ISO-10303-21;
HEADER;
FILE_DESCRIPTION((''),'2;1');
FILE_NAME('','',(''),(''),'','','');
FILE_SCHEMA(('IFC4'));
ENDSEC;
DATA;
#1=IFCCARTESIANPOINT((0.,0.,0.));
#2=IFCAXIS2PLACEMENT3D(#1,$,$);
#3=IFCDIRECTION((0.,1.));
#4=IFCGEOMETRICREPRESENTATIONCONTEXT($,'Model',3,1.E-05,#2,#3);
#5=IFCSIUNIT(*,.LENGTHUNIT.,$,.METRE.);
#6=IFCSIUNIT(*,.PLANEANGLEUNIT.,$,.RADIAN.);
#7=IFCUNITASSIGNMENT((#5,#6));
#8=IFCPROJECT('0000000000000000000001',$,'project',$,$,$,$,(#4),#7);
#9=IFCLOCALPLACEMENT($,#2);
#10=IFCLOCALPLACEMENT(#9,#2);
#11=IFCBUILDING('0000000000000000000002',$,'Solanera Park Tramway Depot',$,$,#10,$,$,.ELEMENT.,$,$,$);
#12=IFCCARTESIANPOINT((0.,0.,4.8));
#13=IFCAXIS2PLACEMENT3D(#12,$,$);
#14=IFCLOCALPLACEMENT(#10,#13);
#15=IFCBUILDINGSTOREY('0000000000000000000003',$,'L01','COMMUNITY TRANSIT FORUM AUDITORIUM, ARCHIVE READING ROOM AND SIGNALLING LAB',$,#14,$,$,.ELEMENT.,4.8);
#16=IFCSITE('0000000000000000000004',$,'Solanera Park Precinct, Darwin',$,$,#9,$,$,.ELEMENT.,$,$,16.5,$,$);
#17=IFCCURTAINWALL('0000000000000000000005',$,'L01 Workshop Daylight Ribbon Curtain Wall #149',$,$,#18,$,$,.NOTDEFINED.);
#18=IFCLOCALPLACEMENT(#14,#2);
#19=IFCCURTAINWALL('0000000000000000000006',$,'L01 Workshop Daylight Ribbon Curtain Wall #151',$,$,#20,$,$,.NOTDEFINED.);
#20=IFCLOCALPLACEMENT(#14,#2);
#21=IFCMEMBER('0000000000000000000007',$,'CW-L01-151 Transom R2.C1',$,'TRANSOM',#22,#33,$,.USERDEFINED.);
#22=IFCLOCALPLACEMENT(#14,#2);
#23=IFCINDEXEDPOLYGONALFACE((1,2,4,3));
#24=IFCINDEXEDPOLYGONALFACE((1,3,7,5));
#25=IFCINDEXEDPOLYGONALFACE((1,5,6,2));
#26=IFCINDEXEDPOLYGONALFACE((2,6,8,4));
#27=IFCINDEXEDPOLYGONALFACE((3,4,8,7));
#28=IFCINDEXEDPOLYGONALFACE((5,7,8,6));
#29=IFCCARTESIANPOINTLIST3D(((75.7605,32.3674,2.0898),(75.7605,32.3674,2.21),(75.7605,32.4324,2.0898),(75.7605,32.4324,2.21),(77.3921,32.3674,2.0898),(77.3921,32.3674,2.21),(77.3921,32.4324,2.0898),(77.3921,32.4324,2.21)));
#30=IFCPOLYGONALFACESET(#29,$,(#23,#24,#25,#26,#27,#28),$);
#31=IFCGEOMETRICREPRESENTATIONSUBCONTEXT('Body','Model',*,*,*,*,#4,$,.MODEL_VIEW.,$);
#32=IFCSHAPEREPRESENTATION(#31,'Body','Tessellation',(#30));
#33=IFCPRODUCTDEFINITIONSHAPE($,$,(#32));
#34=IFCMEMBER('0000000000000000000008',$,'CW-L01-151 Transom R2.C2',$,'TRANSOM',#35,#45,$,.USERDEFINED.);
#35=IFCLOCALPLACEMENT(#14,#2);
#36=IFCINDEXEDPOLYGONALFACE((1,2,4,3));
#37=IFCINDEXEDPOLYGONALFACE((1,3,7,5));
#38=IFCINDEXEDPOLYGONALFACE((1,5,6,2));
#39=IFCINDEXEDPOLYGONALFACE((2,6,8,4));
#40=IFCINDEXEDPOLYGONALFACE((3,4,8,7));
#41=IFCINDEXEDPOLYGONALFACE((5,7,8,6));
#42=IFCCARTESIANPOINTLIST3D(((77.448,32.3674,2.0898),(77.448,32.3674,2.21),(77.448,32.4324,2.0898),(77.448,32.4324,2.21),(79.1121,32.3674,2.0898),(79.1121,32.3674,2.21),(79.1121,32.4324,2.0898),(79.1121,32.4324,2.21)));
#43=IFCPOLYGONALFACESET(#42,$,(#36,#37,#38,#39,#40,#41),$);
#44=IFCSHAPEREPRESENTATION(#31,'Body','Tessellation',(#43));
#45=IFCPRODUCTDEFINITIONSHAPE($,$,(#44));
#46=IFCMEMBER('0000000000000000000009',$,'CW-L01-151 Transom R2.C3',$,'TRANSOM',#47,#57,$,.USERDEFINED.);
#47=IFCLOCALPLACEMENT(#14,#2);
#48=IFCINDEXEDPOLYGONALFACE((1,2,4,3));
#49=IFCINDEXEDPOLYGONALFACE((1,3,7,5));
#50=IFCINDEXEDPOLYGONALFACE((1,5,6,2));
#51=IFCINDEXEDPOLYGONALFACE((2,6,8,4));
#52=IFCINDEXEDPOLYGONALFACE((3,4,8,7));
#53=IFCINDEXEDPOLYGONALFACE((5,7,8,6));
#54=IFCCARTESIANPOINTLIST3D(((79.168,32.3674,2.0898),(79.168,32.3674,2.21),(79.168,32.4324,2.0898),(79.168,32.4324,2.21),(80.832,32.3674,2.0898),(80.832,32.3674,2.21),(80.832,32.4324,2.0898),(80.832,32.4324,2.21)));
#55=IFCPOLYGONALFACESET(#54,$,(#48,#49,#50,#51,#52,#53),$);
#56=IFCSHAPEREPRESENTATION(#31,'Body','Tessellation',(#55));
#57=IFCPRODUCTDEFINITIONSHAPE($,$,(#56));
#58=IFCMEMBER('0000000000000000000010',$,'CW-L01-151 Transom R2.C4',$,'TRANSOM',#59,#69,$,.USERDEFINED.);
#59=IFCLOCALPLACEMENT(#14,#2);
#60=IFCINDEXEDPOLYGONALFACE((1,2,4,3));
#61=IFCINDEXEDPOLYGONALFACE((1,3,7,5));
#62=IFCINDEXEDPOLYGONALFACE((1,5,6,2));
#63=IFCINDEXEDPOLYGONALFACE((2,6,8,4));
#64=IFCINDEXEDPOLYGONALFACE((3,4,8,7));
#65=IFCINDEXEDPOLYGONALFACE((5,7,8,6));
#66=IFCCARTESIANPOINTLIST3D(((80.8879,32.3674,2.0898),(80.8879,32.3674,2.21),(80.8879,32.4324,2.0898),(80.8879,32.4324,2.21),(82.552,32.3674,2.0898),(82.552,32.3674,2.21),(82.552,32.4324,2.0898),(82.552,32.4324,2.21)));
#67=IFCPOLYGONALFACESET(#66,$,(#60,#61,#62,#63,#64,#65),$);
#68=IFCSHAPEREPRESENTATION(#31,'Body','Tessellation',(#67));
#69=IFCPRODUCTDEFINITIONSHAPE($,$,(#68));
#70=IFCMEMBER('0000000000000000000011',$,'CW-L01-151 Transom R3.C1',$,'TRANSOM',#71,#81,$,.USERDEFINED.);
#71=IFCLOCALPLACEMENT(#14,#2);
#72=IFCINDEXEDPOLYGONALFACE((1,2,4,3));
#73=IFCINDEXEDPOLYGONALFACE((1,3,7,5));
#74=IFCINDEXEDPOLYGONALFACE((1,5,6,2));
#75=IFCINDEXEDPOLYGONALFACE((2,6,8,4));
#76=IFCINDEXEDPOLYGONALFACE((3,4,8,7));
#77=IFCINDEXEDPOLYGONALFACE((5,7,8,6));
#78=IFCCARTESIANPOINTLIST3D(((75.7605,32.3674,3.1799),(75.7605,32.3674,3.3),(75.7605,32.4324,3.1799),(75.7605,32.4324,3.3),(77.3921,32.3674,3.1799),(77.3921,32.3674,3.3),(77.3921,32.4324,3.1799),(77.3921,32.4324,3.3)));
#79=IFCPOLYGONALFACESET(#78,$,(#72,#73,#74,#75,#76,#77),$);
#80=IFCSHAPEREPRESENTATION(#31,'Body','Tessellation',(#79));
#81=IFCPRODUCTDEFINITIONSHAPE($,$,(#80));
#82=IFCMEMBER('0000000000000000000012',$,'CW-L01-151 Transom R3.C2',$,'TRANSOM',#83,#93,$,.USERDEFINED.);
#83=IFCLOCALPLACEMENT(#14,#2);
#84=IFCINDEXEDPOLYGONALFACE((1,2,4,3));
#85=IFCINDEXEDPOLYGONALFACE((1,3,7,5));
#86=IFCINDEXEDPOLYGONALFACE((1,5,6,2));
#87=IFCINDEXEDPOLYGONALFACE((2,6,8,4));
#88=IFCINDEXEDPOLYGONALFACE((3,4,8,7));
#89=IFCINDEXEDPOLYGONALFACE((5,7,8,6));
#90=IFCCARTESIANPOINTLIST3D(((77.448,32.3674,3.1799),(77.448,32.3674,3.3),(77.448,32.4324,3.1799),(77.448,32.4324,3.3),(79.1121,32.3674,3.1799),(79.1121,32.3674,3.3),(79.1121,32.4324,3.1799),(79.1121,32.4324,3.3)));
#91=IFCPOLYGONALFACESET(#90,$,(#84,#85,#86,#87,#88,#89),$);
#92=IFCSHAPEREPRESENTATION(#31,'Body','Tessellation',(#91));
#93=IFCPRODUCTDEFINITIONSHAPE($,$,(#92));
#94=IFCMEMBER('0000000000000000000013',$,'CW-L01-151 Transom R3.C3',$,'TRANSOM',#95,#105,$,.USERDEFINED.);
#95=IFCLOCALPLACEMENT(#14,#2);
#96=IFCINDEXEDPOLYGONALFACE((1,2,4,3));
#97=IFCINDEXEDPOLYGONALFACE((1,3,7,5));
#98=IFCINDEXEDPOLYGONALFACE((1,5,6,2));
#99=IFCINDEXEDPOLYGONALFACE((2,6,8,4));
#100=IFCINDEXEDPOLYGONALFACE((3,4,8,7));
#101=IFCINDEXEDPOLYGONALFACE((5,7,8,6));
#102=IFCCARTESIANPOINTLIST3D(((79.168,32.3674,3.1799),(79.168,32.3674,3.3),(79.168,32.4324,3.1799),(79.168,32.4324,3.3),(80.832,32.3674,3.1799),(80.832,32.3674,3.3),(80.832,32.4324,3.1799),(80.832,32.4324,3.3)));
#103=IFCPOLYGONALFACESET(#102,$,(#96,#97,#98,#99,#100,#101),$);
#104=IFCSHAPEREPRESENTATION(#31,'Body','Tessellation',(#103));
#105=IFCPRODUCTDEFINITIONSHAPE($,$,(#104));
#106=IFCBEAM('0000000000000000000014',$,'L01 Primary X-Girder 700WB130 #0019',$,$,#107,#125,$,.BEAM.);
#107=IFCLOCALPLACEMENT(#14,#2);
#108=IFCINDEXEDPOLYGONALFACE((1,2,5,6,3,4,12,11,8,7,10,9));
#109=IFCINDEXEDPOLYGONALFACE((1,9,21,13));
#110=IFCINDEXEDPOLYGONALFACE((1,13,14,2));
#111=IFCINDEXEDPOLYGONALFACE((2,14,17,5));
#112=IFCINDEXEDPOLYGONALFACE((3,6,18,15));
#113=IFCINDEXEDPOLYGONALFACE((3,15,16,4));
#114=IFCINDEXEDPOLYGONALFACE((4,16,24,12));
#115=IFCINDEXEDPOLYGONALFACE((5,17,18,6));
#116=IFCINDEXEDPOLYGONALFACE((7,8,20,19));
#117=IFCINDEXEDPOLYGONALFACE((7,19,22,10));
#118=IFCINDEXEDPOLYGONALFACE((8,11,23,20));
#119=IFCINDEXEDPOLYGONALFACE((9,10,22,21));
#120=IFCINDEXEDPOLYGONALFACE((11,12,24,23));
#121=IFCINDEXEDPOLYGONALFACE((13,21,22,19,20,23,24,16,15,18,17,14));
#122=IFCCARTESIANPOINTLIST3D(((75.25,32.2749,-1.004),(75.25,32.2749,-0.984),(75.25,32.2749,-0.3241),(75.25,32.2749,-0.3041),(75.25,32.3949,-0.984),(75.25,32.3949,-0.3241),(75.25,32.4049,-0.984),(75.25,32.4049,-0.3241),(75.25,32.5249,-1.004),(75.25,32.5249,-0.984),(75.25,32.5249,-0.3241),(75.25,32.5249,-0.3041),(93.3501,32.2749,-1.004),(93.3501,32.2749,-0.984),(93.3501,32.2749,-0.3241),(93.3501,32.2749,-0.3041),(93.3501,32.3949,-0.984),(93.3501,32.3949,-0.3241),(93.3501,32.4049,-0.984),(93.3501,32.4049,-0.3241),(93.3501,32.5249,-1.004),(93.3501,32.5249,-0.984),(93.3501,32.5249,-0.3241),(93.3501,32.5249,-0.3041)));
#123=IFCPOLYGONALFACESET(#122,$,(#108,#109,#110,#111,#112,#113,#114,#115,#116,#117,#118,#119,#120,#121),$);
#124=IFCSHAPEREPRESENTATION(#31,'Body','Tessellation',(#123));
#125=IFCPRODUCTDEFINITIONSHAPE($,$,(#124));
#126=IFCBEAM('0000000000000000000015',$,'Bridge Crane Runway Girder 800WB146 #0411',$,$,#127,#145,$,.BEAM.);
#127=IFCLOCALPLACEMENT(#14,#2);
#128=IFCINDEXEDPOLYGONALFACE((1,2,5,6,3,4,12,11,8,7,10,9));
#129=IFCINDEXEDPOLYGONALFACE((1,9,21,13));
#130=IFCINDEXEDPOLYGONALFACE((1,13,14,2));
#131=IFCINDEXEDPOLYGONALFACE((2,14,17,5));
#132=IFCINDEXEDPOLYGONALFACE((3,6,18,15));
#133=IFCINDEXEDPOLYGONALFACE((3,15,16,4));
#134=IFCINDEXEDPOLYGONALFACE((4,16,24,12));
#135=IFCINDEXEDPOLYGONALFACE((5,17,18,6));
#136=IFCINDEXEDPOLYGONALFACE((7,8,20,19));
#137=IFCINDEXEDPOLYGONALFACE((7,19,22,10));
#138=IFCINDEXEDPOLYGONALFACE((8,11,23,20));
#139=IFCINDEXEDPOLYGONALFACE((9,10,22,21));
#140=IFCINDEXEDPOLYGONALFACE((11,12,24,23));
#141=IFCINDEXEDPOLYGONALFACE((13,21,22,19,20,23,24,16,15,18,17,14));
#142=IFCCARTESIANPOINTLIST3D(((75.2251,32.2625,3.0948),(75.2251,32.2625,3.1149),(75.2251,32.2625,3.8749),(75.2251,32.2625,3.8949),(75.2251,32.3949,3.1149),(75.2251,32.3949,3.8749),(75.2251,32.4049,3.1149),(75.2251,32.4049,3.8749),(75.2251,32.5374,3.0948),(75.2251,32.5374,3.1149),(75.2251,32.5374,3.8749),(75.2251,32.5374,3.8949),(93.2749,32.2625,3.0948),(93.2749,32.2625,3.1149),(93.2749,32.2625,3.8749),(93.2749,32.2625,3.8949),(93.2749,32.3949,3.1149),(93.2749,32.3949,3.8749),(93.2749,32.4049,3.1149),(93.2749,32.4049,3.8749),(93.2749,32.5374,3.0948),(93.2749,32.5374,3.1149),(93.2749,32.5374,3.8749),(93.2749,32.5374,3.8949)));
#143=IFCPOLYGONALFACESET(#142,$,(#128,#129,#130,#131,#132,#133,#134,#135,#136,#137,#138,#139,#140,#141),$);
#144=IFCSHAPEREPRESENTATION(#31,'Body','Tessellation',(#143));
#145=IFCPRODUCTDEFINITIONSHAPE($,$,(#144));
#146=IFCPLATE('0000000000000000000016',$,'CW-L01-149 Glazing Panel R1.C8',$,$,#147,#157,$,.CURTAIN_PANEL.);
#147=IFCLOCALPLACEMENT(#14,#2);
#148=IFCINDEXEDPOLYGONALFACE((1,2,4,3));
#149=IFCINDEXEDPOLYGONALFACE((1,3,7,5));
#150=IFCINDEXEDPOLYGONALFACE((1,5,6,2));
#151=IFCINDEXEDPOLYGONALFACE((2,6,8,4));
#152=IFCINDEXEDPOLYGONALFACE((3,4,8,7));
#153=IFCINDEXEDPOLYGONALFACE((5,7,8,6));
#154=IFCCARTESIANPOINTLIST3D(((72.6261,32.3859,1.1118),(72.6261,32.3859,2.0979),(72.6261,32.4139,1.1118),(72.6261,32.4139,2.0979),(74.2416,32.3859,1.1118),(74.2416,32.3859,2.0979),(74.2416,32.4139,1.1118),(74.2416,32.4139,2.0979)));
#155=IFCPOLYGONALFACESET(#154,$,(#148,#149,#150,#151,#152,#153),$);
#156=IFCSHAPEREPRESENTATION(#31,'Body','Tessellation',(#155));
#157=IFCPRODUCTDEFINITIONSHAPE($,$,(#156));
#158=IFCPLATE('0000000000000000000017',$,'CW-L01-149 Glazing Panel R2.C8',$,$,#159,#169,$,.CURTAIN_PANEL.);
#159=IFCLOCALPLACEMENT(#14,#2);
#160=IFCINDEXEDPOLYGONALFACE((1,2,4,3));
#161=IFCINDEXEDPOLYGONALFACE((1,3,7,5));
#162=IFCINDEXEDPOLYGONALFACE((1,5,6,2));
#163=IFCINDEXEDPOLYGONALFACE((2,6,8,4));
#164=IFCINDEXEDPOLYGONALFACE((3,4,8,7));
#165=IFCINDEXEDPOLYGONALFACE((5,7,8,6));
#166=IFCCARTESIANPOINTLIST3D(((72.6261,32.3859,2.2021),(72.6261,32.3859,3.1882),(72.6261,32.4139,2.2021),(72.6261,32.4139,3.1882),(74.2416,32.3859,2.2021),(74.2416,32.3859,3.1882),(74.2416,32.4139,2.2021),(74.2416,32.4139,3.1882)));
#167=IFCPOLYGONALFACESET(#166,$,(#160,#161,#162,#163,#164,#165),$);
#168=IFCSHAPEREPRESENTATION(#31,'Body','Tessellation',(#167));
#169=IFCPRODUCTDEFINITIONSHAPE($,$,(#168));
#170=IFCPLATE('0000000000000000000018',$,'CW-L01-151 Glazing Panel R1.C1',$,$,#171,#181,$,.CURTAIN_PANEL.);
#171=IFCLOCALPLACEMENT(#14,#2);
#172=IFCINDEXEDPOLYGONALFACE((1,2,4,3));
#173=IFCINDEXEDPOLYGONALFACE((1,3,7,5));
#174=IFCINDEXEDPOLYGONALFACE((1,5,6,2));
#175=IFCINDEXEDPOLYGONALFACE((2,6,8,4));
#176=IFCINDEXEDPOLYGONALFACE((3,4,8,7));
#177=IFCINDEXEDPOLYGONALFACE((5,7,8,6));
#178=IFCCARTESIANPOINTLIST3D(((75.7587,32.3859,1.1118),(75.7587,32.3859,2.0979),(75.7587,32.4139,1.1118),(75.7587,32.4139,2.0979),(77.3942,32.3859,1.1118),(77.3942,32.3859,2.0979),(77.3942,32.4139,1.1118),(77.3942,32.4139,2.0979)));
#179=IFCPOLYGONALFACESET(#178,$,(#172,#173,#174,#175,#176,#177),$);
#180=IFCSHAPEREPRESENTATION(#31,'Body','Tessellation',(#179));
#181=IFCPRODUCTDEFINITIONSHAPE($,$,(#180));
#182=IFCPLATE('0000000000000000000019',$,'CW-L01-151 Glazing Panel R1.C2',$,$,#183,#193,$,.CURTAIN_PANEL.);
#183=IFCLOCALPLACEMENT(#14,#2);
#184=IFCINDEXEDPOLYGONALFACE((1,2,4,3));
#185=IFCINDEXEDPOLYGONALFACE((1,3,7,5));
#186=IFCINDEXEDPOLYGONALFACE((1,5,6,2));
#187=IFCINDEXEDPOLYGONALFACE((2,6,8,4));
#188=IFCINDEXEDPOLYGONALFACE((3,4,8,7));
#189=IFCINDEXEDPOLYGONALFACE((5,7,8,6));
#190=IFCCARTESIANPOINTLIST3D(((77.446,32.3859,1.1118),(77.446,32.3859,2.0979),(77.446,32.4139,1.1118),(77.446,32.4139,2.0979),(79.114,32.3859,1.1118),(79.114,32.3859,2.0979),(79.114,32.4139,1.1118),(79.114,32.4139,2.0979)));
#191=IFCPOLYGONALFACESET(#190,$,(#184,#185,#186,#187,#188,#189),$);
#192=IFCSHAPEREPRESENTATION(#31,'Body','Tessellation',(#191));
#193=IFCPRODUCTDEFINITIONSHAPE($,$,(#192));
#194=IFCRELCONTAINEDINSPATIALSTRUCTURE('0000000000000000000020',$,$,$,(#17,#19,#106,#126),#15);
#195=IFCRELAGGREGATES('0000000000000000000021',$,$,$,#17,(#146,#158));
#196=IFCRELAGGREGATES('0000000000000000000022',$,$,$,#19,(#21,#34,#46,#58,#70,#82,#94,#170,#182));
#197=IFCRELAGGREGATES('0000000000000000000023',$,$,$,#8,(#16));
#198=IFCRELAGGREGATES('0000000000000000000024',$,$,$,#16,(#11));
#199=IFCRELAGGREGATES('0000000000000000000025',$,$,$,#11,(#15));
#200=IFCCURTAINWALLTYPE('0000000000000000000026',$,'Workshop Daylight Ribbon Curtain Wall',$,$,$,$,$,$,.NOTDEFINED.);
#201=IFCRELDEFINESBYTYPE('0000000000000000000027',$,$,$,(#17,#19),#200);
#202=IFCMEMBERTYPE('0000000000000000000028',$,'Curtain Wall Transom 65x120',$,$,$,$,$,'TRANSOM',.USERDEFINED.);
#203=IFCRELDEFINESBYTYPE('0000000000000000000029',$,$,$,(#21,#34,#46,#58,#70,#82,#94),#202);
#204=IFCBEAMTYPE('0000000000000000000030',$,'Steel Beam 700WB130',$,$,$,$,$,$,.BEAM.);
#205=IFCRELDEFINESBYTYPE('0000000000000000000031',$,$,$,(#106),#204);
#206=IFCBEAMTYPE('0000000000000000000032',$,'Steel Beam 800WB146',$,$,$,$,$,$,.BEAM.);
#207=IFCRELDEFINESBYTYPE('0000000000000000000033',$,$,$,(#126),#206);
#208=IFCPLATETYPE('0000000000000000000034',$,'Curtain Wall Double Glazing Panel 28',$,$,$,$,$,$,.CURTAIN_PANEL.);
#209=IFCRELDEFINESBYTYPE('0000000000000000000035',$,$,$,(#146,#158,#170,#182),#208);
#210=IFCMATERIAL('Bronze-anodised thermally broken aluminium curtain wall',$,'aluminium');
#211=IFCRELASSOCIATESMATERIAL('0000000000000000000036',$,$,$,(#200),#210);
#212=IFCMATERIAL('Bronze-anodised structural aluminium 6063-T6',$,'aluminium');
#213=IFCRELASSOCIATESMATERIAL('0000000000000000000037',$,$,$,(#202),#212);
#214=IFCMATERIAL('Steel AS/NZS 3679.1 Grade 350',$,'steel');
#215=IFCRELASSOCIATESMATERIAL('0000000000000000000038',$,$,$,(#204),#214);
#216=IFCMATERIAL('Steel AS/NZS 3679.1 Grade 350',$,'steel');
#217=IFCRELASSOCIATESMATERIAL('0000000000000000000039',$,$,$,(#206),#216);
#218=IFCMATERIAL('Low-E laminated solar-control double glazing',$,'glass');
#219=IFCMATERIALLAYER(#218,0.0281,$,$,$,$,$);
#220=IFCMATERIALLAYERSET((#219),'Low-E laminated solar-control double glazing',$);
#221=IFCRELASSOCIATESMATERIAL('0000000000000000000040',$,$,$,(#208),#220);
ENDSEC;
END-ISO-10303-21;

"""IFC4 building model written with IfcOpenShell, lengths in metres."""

from ifc_helpers import new_model, si_unit, direction, frame, origin, origin_2d, place, context, subcontext, project, spatial, rectangle, i_section, extrude, material, layer, layer_set, material_profile, profile_set, type_object, element, aggregate, save


model = new_model("IFC4")

# Units and contexts
model_context = context("Model", 3, precision=1e-05, world=origin(), true_north=direction((0.0, 1.0)))
body_context = subcontext(model_context, "Body", "Model", "MODEL_VIEW")
ifc_project = project(units=[si_unit("LENGTHUNIT", "METRE"), si_unit("PLANEANGLEUNIT", "RADIAN")], contexts=[model_context])

# Site, building, storey
site_placement = place(None, origin())
site = spatial("IfcSite", under=ifc_project, at=site_placement, Name="Solanera Park Precinct, Darwin", CompositionType="ELEMENT", RefElevation=16.5)
building_placement = place(site_placement, origin())
building = spatial("IfcBuilding", under=site, at=building_placement, Name="Solanera Park Tramway Depot", CompositionType="ELEMENT")
storey_placement = place(building_placement, frame((0.0, 0.0, 4.8)))
storey = spatial("IfcBuildingStorey", under=building, at=storey_placement, Name="L01", Description="COMMUNITY TRANSIT FORUM AUDITORIUM, ARCHIVE READING ROOM AND SIGNALLING LAB", CompositionType="ELEMENT", Elevation=4.8)

# Curtain walls
ifc_material_1 = material(Name="Bronze-anodised thermally broken aluminium curtain wall", Category="aluminium")
curtain_wall_type = type_object("IfcCurtainWallType", Name="Workshop Daylight Ribbon Curtain Wall", PredefinedType="NOTDEFINED", material=ifc_material_1)
curtain_wall_1_placement = place(storey_placement, origin())
curtain_wall_1 = element("IfcCurtainWall", 1, at=curtain_wall_1_placement, inside=storey, type_object=curtain_wall_type, Name="L01 Workshop Daylight Ribbon Curtain Wall #149", PredefinedType="NOTDEFINED")
curtain_wall_2_placement = place(storey_placement, origin())
curtain_wall_2 = element("IfcCurtainWall", 2, at=curtain_wall_2_placement, inside=storey, type_object=curtain_wall_type, Name="L01 Workshop Daylight Ribbon Curtain Wall #151", PredefinedType="NOTDEFINED")

# Members
ifc_material_2 = material(Name="Bronze-anodised structural aluminium 6063-T6", Category="aluminium")
ifc_material_profile_1 = material_profile(ifc_material_2, rectangle(XDim=0.0649, YDim=0.1201, at=origin_2d()), Name="Curtain Wall Transom 65x120")
ifc_profile_set_1 = profile_set([ifc_material_profile_1], Name="Bronze-anodised structural aluminium 6063-T6")
member_type_1 = type_object("IfcMemberType", Name="Curtain Wall Transom 65x120", ElementType="TRANSOM", PredefinedType="USERDEFINED", material=ifc_profile_set_1)
member_1_placement = place(storey_placement, frame((75.7605, 32.3999, 2.1499), z_axis=(1.0, 0.0, 0.0), x_axis=(0.0, 1.0, 0.0)))
member_1 = element("IfcMember", 3, at=member_1_placement, type_object=member_type_1, Name="CW-L01-151 Transom R2.C1", ObjectType="TRANSOM", PredefinedType="USERDEFINED", context=body_context, shape_type="SweptSolid", body=[
    extrude(rectangle(XDim=0.0649, YDim=0.1201, at=origin_2d()), origin(), (0.0, 0.0, 1.0), 1.6316),
])
member_2_placement = place(storey_placement, frame((77.448, 32.3999, 2.1499), z_axis=(1.0, 0.0, 0.0), x_axis=(0.0, 1.0, 0.0)))
member_2 = element("IfcMember", 4, at=member_2_placement, type_object=member_type_1, Name="CW-L01-151 Transom R2.C2", ObjectType="TRANSOM", PredefinedType="USERDEFINED", context=body_context, shape_type="SweptSolid", body=[
    extrude(rectangle(XDim=0.0649, YDim=0.1201, at=origin_2d()), origin(), (0.0, 0.0, 1.0), 1.6641),
])
member_3_placement = place(storey_placement, frame((79.168, 32.3999, 2.1499), z_axis=(1.0, 0.0, 0.0), x_axis=(0.0, 1.0, 0.0)))
member_3 = element("IfcMember", 5, at=member_3_placement, type_object=member_type_1, Name="CW-L01-151 Transom R2.C3", ObjectType="TRANSOM", PredefinedType="USERDEFINED", context=body_context, shape_type="SweptSolid", body=[
    extrude(rectangle(XDim=0.0649, YDim=0.1201, at=origin_2d()), origin(), (0.0, 0.0, 1.0), 1.6641),
])
member_4_placement = place(storey_placement, frame((80.8879, 32.3999, 2.1499), z_axis=(1.0, 0.0, 0.0), x_axis=(0.0, 1.0, 0.0)))
member_4 = element("IfcMember", 6, at=member_4_placement, type_object=member_type_1, Name="CW-L01-151 Transom R2.C4", ObjectType="TRANSOM", PredefinedType="USERDEFINED", context=body_context, shape_type="SweptSolid", body=[
    extrude(rectangle(XDim=0.0649, YDim=0.1201, at=origin_2d()), origin(), (0.0, 0.0, 1.0), 1.6641),
])
member_5_placement = place(storey_placement, frame((75.7605, 32.3999, 3.24), z_axis=(1.0, 0.0, 0.0), x_axis=(0.0, 1.0, 0.0)))
member_5 = element("IfcMember", 7, at=member_5_placement, type_object=member_type_1, Name="CW-L01-151 Transom R3.C1", ObjectType="TRANSOM", PredefinedType="USERDEFINED", context=body_context, shape_type="SweptSolid", body=[
    extrude(rectangle(XDim=0.0649, YDim=0.1201, at=origin_2d()), origin(), (0.0, 0.0, 1.0), 1.6316),
])
member_6_placement = place(storey_placement, frame((77.448, 32.3999, 3.24), z_axis=(1.0, 0.0, 0.0), x_axis=(0.0, 1.0, 0.0)))
member_6 = element("IfcMember", 8, at=member_6_placement, type_object=member_type_1, Name="CW-L01-151 Transom R3.C2", ObjectType="TRANSOM", PredefinedType="USERDEFINED", context=body_context, shape_type="SweptSolid", body=[
    extrude(rectangle(XDim=0.0649, YDim=0.1201, at=origin_2d()), origin(), (0.0, 0.0, 1.0), 1.6641),
])
member_7_placement = place(storey_placement, frame((79.168, 32.3999, 3.24), z_axis=(1.0, 0.0, 0.0), x_axis=(0.0, 1.0, 0.0)))
member_7 = element("IfcMember", 9, at=member_7_placement, type_object=member_type_1, Name="CW-L01-151 Transom R3.C3", ObjectType="TRANSOM", PredefinedType="USERDEFINED", context=body_context, shape_type="SweptSolid", body=[
    extrude(rectangle(XDim=0.0649, YDim=0.1201, at=origin_2d()), origin(), (0.0, 0.0, 1.0), 1.6641),
])

# Beams
ifc_material_3 = material(Name="Steel AS/NZS 3679.1 Grade 350", Category="steel")
ifc_material_profile_2 = material_profile(ifc_material_3, i_section(OverallWidth=0.25, OverallDepth=0.7, WebThickness=0.01, FlangeThickness=0.02, at=origin_2d()), Name="700WB130")
ifc_profile_set_2 = profile_set([ifc_material_profile_2], Name="Steel AS/NZS 3679.1 Grade 350")
beam_type_1 = type_object("IfcBeamType", Name="Steel Beam 700WB130", PredefinedType="BEAM", material=ifc_profile_set_2)
beam_1_placement = place(storey_placement, frame((75.25, 32.3999, -0.6541), z_axis=(1.0, 0.0, 0.0), x_axis=(0.0, 1.0, 0.0)))
element("IfcBeam", 10, at=beam_1_placement, inside=storey, type_object=beam_type_1, Name="L01 Primary X-Girder 700WB130 #0019", PredefinedType="BEAM", context=body_context, shape_type="SweptSolid", body=[
    extrude(i_section(OverallWidth=0.25, OverallDepth=0.7, WebThickness=0.01, FlangeThickness=0.02, at=origin_2d()), origin(), (0.0, 0.0, 1.0), 18.1001),
])
ifc_material_4 = material(Name="Steel AS/NZS 3679.1 Grade 350", Category="steel")
ifc_material_profile_3 = material_profile(ifc_material_4, i_section(OverallWidth=0.2749, OverallDepth=0.8, WebThickness=0.01, FlangeThickness=0.02, at=origin_2d()), Name="800WB146")
ifc_profile_set_3 = profile_set([ifc_material_profile_3], Name="Steel AS/NZS 3679.1 Grade 350")
beam_type_2 = type_object("IfcBeamType", Name="Steel Beam 800WB146", PredefinedType="BEAM", material=ifc_profile_set_3)
beam_2_placement = place(storey_placement, frame((75.2251, 32.3999, 3.4949), z_axis=(1.0, 0.0, 0.0), x_axis=(0.0, 1.0, 0.0)))
element("IfcBeam", 11, at=beam_2_placement, inside=storey, type_object=beam_type_2, Name="Bridge Crane Runway Girder 800WB146 #0411", PredefinedType="BEAM", context=body_context, shape_type="SweptSolid", body=[
    extrude(i_section(OverallWidth=0.2749, OverallDepth=0.8, WebThickness=0.01, FlangeThickness=0.02, at=origin_2d()), origin(), (0.0, 0.0, 1.0), 18.0498),
])

# Plates
ifc_material_5 = material(Name="Low-E laminated solar-control double glazing", Category="glass")
ifc_layer = layer(ifc_material_5, 0.0281)
ifc_layer_set = layer_set([ifc_layer], Name="Low-E laminated solar-control double glazing")
plate_type = type_object("IfcPlateType", Name="Curtain Wall Double Glazing Panel 28", PredefinedType="CURTAIN_PANEL", material=ifc_layer_set)
plate_1_placement = place(storey_placement, frame((73.4338, 32.3999, 1.1118), z_axis=(0.0, 0.0, 1.0), x_axis=(1.0, 0.0, 0.0)))
plate_1 = element("IfcPlate", 12, at=plate_1_placement, type_object=plate_type, Name="CW-L01-149 Glazing Panel R1.C8", PredefinedType="CURTAIN_PANEL", context=body_context, shape_type="SweptSolid", body=[
    extrude(rectangle(XDim=1.6155, YDim=0.0281, at=origin_2d()), origin(), (0.0, 0.0, 1.0), 0.9861),
])
plate_2_placement = place(storey_placement, frame((73.4338, 32.3999, 2.2021), z_axis=(0.0, 0.0, 1.0), x_axis=(1.0, 0.0, 0.0)))
plate_2 = element("IfcPlate", 13, at=plate_2_placement, type_object=plate_type, Name="CW-L01-149 Glazing Panel R2.C8", PredefinedType="CURTAIN_PANEL", context=body_context, shape_type="SweptSolid", body=[
    extrude(rectangle(XDim=1.6155, YDim=0.0281, at=origin_2d()), origin(), (0.0, 0.0, 1.0), 0.9861),
])
aggregate(curtain_wall_1, [plate_1, plate_2])
plate_3_placement = place(storey_placement, frame((76.5764, 32.3999, 1.1118), z_axis=(0.0, 0.0, 1.0), x_axis=(1.0, 0.0, 0.0)))
plate_3 = element("IfcPlate", 14, at=plate_3_placement, type_object=plate_type, Name="CW-L01-151 Glazing Panel R1.C1", PredefinedType="CURTAIN_PANEL", context=body_context, shape_type="SweptSolid", body=[
    extrude(rectangle(XDim=1.6355, YDim=0.0281, at=origin_2d()), origin(), (0.0, 0.0, 1.0), 0.9861),
])
plate_4_placement = place(storey_placement, frame((78.28, 32.3999, 1.1118), z_axis=(0.0, 0.0, 1.0), x_axis=(1.0, 0.0, 0.0)))
plate_4 = element("IfcPlate", 15, at=plate_4_placement, type_object=plate_type, Name="CW-L01-151 Glazing Panel R1.C2", PredefinedType="CURTAIN_PANEL", context=body_context, shape_type="SweptSolid", body=[
    extrude(rectangle(XDim=1.668, YDim=0.0281, at=origin_2d()), origin(), (0.0, 0.0, 1.0), 0.9861),
])
aggregate(curtain_wall_2, [member_1, member_2, member_3, member_4, member_5, member_6, member_7, plate_3, plate_4])

save(model, "model.ifc")
